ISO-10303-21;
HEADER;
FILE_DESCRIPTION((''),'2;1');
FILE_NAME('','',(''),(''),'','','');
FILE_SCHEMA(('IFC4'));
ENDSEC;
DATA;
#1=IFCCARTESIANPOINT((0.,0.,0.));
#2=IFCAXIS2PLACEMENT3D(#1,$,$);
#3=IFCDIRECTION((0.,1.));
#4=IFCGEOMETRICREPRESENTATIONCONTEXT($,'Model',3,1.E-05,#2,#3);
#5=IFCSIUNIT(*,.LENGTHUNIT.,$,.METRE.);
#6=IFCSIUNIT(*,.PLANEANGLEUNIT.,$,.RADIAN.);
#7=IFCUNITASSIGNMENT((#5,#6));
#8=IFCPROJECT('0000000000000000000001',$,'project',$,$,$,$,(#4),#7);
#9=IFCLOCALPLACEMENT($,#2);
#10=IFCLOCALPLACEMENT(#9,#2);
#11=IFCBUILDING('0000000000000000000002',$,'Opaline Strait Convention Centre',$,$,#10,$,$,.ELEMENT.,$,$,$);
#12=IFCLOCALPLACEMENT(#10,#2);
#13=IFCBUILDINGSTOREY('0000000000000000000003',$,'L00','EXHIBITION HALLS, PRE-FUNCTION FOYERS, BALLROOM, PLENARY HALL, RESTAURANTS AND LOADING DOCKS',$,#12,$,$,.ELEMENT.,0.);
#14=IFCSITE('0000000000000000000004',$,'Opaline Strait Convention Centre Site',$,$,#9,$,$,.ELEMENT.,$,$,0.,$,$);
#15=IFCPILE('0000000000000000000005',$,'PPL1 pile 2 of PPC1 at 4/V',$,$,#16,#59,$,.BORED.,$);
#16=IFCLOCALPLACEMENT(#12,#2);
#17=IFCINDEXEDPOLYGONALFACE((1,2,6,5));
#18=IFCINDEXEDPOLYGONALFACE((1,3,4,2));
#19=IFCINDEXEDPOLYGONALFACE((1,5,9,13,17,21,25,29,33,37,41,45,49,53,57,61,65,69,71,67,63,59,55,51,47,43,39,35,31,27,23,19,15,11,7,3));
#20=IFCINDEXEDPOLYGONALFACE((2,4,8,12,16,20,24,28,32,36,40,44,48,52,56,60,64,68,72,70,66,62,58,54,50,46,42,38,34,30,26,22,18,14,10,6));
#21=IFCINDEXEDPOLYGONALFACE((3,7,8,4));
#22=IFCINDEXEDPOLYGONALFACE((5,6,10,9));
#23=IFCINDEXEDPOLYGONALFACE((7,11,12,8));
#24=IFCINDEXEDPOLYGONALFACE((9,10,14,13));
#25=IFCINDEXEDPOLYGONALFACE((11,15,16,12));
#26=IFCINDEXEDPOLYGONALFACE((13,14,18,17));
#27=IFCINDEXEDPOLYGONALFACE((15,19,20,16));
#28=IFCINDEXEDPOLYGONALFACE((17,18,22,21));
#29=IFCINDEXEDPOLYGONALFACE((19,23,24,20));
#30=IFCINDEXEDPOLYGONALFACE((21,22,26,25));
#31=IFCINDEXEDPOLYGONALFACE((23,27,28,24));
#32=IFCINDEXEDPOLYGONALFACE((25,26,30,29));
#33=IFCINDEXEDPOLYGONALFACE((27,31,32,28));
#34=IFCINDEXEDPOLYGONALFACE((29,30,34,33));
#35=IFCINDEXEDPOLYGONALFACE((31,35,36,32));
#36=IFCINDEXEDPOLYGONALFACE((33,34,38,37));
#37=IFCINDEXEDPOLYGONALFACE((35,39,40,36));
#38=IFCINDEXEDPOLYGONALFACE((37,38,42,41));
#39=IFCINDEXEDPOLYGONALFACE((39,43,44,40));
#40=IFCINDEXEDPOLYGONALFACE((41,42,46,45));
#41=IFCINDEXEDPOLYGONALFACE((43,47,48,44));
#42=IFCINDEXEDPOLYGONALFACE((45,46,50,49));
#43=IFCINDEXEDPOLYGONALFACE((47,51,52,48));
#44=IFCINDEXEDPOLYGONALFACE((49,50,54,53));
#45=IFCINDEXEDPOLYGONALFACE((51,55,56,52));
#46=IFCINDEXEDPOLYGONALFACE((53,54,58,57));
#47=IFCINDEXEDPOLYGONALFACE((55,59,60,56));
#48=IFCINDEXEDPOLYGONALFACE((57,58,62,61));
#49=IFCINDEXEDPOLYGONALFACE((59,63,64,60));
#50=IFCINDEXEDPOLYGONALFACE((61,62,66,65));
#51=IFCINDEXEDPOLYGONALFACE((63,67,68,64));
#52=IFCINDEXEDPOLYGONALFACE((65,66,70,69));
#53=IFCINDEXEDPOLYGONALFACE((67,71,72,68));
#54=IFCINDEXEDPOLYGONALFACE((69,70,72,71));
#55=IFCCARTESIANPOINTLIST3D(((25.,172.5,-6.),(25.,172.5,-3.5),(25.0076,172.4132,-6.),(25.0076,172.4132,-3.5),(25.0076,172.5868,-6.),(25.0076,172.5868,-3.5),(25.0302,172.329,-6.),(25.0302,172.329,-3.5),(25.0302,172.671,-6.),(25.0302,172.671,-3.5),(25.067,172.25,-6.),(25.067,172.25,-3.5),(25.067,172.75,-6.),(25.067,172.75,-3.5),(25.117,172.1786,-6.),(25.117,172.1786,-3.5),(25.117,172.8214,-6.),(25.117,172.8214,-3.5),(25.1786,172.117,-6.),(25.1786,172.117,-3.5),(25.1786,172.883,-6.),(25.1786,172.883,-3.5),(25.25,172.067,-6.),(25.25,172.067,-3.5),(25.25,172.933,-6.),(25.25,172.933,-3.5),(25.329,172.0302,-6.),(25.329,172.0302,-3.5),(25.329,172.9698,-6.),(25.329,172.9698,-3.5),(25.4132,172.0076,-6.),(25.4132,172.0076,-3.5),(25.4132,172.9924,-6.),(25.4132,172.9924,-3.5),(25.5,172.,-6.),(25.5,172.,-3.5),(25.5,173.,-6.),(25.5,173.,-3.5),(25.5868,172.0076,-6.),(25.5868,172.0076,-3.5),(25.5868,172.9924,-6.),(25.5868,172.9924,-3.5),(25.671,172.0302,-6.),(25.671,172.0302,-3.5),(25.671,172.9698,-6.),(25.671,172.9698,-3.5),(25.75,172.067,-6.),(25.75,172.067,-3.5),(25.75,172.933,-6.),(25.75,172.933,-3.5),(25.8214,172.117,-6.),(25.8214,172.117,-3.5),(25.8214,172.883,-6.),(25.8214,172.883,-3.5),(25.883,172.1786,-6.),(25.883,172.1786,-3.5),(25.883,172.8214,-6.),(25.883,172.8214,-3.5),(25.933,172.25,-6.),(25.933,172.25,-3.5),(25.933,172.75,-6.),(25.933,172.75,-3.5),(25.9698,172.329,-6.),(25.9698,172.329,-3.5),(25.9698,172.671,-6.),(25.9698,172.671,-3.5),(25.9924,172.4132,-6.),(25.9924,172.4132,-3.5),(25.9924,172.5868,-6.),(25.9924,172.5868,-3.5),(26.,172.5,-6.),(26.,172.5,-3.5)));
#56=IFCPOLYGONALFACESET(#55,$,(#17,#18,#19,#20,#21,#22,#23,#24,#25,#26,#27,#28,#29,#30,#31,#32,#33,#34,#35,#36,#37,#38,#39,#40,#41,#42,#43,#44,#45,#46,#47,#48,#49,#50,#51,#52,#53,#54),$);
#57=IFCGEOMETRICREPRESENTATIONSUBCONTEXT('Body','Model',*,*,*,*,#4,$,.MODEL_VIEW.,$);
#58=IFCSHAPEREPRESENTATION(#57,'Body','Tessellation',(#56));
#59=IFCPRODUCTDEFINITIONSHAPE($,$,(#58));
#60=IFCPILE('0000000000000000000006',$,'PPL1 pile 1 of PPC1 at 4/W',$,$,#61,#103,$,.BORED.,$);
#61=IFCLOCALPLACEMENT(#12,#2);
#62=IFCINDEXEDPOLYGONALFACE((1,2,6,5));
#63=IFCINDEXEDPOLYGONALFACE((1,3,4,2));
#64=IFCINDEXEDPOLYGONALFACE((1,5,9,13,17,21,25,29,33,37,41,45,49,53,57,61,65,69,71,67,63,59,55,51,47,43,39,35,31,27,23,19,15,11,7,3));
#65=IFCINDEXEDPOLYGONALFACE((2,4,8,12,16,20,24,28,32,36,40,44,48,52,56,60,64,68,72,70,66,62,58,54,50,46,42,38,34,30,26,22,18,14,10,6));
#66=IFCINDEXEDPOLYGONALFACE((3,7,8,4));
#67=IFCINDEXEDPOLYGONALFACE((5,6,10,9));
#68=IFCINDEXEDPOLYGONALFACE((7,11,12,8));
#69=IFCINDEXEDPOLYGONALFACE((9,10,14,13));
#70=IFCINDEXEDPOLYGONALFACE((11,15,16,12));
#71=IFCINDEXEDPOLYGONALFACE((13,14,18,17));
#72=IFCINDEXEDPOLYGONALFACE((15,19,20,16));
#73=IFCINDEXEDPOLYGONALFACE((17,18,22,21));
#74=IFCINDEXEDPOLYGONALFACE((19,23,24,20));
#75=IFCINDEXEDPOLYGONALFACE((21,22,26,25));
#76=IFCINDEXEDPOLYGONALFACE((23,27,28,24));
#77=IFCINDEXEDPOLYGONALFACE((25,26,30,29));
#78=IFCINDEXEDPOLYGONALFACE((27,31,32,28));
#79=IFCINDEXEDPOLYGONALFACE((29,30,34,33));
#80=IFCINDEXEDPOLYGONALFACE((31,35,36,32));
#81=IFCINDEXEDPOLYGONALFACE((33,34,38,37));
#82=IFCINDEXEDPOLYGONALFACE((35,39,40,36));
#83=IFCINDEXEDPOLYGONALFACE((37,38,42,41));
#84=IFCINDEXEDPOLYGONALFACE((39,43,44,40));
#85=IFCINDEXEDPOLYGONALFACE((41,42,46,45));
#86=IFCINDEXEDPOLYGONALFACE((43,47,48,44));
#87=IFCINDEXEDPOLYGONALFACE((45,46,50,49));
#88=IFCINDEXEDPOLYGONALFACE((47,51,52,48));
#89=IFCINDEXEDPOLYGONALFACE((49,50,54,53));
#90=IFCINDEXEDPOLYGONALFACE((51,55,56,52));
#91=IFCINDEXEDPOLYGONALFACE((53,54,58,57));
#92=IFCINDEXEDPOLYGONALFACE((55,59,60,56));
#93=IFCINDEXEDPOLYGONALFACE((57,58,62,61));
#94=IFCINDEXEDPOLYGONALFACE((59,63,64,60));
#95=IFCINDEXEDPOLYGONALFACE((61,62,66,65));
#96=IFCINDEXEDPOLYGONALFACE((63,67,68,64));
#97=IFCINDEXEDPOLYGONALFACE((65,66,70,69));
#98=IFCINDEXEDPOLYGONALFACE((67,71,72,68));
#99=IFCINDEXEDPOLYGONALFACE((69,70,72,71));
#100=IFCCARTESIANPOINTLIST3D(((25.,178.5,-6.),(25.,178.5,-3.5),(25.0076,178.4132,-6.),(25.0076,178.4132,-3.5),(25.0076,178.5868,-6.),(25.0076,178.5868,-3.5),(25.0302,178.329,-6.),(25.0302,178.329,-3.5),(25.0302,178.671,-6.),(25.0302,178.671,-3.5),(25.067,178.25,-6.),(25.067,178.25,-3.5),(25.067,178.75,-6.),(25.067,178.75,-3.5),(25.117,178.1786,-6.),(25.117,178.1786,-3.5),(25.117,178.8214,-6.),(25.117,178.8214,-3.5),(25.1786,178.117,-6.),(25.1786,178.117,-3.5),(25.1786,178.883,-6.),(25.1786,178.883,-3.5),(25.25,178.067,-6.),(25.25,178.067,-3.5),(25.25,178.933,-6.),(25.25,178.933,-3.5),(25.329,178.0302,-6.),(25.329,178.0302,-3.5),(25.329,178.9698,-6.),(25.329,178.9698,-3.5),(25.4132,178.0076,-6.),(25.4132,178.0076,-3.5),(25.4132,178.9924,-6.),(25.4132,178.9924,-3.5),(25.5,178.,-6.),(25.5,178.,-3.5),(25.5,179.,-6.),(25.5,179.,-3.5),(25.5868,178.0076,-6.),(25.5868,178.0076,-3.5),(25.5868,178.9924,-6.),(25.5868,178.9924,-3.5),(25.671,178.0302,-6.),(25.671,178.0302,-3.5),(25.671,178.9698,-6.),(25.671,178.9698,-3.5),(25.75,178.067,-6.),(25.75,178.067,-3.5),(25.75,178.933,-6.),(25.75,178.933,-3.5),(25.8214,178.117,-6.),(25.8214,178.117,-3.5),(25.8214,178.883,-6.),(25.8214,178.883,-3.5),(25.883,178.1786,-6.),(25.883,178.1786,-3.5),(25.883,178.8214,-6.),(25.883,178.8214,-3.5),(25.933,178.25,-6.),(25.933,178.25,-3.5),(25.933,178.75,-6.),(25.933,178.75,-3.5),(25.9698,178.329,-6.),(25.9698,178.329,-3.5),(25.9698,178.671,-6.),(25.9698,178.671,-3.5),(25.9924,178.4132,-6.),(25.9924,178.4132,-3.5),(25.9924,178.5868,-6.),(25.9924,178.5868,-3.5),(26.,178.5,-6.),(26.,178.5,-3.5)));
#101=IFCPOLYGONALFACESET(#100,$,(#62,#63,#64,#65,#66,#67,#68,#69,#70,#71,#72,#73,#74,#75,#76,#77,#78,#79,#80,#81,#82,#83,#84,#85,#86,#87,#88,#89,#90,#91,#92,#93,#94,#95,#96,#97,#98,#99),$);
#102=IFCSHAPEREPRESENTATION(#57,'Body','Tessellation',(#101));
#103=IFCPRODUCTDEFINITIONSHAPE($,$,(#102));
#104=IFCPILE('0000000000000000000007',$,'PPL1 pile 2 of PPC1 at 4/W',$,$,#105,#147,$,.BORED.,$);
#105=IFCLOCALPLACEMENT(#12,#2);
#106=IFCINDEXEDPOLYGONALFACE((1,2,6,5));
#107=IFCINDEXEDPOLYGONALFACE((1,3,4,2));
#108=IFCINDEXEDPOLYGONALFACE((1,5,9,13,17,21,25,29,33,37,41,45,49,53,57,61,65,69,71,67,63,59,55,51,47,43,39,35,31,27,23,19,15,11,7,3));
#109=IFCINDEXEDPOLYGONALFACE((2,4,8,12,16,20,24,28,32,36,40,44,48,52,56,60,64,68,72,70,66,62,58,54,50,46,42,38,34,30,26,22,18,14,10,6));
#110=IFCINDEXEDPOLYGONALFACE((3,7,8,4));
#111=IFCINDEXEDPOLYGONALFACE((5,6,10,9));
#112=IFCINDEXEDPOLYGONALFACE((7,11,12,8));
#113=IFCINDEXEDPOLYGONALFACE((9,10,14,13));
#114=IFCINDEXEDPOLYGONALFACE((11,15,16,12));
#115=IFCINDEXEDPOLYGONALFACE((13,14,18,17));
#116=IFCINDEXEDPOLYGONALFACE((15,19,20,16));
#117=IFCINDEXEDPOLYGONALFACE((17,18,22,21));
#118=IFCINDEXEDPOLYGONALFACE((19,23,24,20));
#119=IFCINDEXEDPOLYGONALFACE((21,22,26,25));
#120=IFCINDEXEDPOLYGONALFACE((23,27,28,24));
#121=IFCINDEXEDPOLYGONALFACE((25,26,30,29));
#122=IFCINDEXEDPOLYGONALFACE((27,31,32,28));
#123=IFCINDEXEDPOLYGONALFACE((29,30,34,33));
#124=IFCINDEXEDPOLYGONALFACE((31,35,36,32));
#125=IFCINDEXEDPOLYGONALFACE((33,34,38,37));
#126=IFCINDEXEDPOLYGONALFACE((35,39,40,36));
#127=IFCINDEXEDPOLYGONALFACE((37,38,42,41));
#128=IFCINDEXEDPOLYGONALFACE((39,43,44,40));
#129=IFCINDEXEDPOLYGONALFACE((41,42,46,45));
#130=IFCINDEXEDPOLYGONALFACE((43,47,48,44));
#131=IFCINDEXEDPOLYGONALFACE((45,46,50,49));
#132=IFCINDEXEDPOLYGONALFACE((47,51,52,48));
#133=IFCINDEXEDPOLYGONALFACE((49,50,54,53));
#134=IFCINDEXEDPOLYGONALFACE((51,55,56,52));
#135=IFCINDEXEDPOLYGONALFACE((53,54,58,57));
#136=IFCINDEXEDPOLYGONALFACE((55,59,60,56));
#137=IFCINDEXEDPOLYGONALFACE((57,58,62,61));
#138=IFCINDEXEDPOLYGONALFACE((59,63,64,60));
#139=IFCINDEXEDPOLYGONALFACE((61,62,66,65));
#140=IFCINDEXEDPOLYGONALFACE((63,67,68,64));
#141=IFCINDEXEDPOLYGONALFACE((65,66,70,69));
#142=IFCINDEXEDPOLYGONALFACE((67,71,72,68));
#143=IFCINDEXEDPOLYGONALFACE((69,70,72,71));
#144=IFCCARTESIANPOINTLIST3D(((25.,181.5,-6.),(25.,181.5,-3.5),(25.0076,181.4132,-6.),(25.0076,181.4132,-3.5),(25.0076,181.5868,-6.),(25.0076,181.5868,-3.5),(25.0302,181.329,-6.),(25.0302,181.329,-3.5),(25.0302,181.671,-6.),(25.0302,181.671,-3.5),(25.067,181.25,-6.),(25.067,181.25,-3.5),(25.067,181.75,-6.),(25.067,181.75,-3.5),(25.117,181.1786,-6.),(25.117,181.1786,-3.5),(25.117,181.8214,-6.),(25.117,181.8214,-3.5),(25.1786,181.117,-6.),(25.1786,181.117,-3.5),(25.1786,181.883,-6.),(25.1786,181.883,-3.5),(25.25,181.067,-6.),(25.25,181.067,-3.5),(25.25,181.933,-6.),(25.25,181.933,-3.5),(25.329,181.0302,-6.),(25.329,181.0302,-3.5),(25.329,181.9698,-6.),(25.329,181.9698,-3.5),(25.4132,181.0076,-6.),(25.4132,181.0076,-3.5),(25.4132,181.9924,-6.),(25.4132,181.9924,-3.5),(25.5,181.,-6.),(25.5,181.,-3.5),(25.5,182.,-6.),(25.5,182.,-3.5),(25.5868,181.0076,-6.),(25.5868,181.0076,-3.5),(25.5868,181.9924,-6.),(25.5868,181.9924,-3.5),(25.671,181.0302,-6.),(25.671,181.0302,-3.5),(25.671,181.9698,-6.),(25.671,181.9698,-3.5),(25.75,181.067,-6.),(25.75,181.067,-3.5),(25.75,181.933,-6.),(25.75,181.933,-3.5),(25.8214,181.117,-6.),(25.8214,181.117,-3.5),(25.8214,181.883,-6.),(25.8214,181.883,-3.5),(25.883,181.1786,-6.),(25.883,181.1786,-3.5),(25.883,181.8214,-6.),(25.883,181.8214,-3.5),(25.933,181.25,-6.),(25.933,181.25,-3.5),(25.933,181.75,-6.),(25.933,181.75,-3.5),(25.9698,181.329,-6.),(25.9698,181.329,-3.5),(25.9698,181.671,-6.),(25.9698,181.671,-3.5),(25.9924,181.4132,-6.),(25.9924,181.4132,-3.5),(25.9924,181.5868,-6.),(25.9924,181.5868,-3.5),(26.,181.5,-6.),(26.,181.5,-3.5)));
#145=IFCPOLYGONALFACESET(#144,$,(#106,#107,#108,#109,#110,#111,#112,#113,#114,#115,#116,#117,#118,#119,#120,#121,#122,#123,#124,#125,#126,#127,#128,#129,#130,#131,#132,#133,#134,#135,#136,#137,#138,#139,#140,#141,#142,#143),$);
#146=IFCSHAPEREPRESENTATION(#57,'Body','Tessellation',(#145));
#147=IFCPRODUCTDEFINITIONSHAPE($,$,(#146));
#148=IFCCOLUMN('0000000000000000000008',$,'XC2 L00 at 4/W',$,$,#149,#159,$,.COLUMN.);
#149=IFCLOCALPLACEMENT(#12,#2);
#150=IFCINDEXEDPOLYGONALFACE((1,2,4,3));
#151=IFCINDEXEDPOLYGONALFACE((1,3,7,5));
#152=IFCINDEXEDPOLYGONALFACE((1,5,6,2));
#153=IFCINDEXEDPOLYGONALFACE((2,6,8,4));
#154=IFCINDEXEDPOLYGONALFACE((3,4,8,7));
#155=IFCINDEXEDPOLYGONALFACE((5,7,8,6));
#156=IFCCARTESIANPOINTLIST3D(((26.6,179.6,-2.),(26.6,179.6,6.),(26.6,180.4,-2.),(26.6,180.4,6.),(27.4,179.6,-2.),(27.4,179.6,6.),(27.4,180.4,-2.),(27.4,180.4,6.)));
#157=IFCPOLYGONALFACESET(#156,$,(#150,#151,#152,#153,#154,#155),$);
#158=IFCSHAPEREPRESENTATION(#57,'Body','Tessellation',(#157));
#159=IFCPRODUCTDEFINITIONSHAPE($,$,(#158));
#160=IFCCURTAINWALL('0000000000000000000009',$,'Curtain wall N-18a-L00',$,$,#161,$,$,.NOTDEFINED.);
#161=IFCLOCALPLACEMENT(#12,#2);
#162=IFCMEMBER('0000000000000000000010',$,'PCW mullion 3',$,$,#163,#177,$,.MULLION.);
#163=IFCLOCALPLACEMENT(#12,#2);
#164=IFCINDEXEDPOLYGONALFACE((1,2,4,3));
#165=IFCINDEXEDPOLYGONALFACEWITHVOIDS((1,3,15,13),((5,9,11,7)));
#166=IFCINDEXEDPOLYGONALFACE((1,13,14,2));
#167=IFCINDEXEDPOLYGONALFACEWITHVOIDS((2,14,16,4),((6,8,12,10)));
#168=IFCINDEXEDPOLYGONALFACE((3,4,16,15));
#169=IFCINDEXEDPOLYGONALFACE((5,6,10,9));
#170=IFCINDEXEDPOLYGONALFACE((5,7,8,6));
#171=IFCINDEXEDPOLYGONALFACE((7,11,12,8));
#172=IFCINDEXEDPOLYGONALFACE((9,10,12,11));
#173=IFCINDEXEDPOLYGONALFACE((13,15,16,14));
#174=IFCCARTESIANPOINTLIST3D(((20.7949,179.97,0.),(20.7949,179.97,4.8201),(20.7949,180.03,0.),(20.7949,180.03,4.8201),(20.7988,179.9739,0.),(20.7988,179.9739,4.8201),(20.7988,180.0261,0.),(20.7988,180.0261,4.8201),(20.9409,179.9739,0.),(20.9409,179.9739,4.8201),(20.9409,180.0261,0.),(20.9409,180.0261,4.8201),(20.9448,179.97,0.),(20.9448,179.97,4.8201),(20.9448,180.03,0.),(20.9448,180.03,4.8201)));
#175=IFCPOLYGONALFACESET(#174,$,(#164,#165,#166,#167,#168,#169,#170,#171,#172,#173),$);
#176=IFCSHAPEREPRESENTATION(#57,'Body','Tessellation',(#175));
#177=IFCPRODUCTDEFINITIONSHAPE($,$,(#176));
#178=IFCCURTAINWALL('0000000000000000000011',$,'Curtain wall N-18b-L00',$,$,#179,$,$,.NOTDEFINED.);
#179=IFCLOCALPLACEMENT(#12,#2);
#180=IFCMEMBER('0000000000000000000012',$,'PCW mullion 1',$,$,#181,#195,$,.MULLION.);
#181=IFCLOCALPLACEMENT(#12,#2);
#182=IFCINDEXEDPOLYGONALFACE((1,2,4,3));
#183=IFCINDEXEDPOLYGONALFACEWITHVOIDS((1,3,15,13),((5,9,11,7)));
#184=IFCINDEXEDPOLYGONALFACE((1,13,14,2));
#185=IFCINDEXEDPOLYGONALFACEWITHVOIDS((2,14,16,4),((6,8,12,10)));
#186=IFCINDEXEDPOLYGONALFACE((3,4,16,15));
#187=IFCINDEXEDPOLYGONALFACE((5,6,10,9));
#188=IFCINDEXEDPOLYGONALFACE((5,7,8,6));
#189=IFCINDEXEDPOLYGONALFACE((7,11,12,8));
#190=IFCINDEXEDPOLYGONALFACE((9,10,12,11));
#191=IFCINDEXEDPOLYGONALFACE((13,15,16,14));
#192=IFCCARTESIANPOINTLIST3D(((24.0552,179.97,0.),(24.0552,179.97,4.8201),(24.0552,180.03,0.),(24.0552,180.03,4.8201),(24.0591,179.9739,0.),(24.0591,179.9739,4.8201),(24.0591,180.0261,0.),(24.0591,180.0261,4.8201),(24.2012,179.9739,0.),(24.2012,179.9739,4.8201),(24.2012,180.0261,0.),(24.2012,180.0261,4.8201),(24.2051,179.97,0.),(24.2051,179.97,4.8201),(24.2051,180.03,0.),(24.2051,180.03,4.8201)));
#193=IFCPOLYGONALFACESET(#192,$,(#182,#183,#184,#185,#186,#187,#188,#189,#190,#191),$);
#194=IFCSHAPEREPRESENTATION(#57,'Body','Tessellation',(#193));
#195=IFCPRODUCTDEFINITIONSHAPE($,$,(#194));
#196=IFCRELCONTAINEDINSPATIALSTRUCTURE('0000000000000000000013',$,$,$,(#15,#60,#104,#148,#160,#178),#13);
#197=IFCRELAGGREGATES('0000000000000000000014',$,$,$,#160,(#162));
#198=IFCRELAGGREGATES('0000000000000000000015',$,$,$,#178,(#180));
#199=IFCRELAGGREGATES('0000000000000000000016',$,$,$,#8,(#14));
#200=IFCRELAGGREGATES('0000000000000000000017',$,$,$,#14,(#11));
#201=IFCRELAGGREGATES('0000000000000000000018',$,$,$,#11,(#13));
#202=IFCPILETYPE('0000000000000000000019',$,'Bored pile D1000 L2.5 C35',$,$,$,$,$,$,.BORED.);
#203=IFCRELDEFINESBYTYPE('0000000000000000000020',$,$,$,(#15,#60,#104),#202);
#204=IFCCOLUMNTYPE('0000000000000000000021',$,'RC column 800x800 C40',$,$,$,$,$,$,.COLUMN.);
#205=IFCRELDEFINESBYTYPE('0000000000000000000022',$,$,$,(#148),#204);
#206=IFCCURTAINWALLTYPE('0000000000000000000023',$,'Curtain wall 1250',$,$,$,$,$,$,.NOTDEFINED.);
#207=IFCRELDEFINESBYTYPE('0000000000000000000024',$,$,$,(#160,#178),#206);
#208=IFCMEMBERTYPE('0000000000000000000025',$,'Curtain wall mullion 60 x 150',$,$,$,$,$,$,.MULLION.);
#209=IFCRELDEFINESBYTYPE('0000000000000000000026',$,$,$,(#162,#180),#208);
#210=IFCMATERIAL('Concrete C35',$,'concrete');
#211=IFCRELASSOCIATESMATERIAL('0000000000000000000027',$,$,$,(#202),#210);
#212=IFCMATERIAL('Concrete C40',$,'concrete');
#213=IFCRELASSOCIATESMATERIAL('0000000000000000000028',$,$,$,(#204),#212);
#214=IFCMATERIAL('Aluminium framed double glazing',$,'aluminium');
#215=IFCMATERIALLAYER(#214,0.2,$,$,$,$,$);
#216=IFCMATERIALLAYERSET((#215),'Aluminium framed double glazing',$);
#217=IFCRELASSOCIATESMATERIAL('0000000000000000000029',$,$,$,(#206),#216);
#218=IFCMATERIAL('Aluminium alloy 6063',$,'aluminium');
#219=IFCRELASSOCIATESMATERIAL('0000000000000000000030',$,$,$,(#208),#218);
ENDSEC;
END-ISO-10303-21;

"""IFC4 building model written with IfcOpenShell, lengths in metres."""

from ifc_helpers import new_model, si_unit, direction, frame, origin, origin_2d, place, context, subcontext, project, spatial, rectangle, hollow_rectangle, circle, extrude, material, layer, layer_set, material_profile, profile_set, type_object, element, aggregate, save


model = new_model("IFC4")

# Units and contexts
model_context = context("Model", 3, precision=1e-05, world=origin(), true_north=direction((0.0, 1.0)))
body_context = subcontext(model_context, "Body", "Model", "MODEL_VIEW")
ifc_project = project(units=[si_unit("LENGTHUNIT", "METRE"), si_unit("PLANEANGLEUNIT", "RADIAN")], contexts=[model_context])

# Site, building, storey
site_placement = place(None, origin())
site = spatial("IfcSite", under=ifc_project, at=site_placement, Name="Opaline Strait Convention Centre Site", CompositionType="ELEMENT", RefElevation=0.0)
building_placement = place(site_placement, origin())
building = spatial("IfcBuilding", under=site, at=building_placement, Name="Opaline Strait Convention Centre", CompositionType="ELEMENT")
storey_placement = place(building_placement, origin())
storey = spatial("IfcBuildingStorey", under=building, at=storey_placement, Name="L00", Description="EXHIBITION HALLS, PRE-FUNCTION FOYERS, BALLROOM, PLENARY HALL, RESTAURANTS AND LOADING DOCKS", CompositionType="ELEMENT", Elevation=0.0)

# Piles
ifc_material_1 = material(Name="Concrete C35", Category="concrete")
ifc_material_profile_1 = material_profile(ifc_material_1, circle(Radius=0.5, at=origin_2d()), Name="D1000")
ifc_profile_set_1 = profile_set([ifc_material_profile_1], Name="Concrete C35")
pile_type = type_object("IfcPileType", Name="Bored pile D1000 L2.5 C35", PredefinedType="BORED", material=ifc_profile_set_1)
for number, where, z_axis, x_axis, name in (
    (1, (25.5, 172.5, -3.5), (0.0, 0.0, -1.0), (1.0, 0.0, 0.0), "PPL1 pile 2 of PPC1 at 4/V"),
    (2, (25.5, 178.5, -3.5), (0.0, 0.0, -1.0), (1.0, 0.0, 0.0), "PPL1 pile 1 of PPC1 at 4/W"),
    (3, (25.5, 181.5, -3.5), (0.0, 0.0, -1.0), (1.0, 0.0, 0.0), "PPL1 pile 2 of PPC1 at 4/W"),
):
    element("IfcPile", number, at=place(storey_placement, frame(where, z_axis=z_axis, x_axis=x_axis)), inside=storey, type_object=pile_type, Name=name, PredefinedType="BORED", context=body_context, shape_type="SweptSolid", body=[
        extrude(circle(Radius=0.5, at=origin_2d()), origin(), (0.0, 0.0, 1.0), 2.5),
    ])

# Column
ifc_material_2 = material(Name="Concrete C40", Category="concrete")
ifc_material_profile_2 = material_profile(ifc_material_2, rectangle(XDim=0.8, YDim=0.8, at=origin_2d()), Name="RC 800x800")
ifc_profile_set_2 = profile_set([ifc_material_profile_2], Name="Concrete C40")
column_type = type_object("IfcColumnType", Name="RC column 800x800 C40", PredefinedType="COLUMN", material=ifc_profile_set_2)
column_placement = place(storey_placement, frame((27.0, 180.0, -2.0), z_axis=(0.0, 0.0, 1.0), x_axis=(1.0, 0.0, 0.0)))
element("IfcColumn", 4, at=column_placement, inside=storey, type_object=column_type, Name="XC2 L00 at 4/W", PredefinedType="COLUMN", context=body_context, shape_type="SweptSolid", body=[
    extrude(rectangle(XDim=0.8, YDim=0.8, at=origin_2d()), origin(), (0.0, 0.0, 1.0), 8.0),
])

# Curtain wall, member
ifc_material_3 = material(Name="Aluminium framed double glazing", Category="aluminium")
ifc_layer_1 = layer(ifc_material_3, 0.2)
ifc_layer_set_1 = layer_set([ifc_layer_1], Name="Aluminium framed double glazing")
curtain_wall_type = type_object("IfcCurtainWallType", Name="Curtain wall 1250", PredefinedType="NOTDEFINED", material=ifc_layer_set_1)
curtain_wall_1_placement = place(storey_placement, origin())
curtain_wall_1 = element("IfcCurtainWall", 5, at=curtain_wall_1_placement, inside=storey, type_object=curtain_wall_type, Name="Curtain wall N-18a-L00", PredefinedType="NOTDEFINED")
ifc_material_4 = material(Name="Aluminium alloy 6063", Category="aluminium")
ifc_material_profile_3 = material_profile(ifc_material_4, hollow_rectangle(XDim=0.0601, YDim=0.1499, WallThickness=0.0039, at=origin_2d()), Name="MULLION 60x150x4")
ifc_profile_set_3 = profile_set([ifc_material_profile_3], Name="Aluminium alloy 6063")
member_type_1 = type_object("IfcMemberType", Name="Curtain wall mullion 60 x 150", PredefinedType="MULLION", material=ifc_profile_set_3)
member_1_placement = place(storey_placement, frame((20.8699, 180.0, 0.0), z_axis=(0.0, 0.0, 1.0), x_axis=(0.0, 1.0, 0.0)))
member_1 = element("IfcMember", 6, at=member_1_placement, type_object=member_type_1, Name="PCW mullion 3", PredefinedType="MULLION", context=body_context, shape_type="SweptSolid", body=[
    extrude(hollow_rectangle(XDim=0.0601, YDim=0.1499, WallThickness=0.0039, at=origin_2d()), origin(), (0.0, 0.0, 1.0), 4.8201),
])

# Curtain wall, member
curtain_wall_2_placement = place(storey_placement, origin())
curtain_wall_2 = element("IfcCurtainWall", 7, at=curtain_wall_2_placement, inside=storey, type_object=curtain_wall_type, Name="Curtain wall N-18b-L00", PredefinedType="NOTDEFINED")
member_2_placement = place(storey_placement, frame((24.1301, 180.0, 0.0), z_axis=(0.0, 0.0, 1.0), x_axis=(0.0, 1.0, 0.0)))
member_2 = element("IfcMember", 8, at=member_2_placement, type_object=member_type_1, Name="PCW mullion 1", PredefinedType="MULLION", context=body_context, shape_type="SweptSolid", body=[
    extrude(hollow_rectangle(XDim=0.0601, YDim=0.1499, WallThickness=0.0039, at=origin_2d()), origin(), (0.0, 0.0, 1.0), 4.8201),
])

aggregate(curtain_wall_1, [member_1])
aggregate(curtain_wall_2, [member_2])

save(model, "model.ifc")
